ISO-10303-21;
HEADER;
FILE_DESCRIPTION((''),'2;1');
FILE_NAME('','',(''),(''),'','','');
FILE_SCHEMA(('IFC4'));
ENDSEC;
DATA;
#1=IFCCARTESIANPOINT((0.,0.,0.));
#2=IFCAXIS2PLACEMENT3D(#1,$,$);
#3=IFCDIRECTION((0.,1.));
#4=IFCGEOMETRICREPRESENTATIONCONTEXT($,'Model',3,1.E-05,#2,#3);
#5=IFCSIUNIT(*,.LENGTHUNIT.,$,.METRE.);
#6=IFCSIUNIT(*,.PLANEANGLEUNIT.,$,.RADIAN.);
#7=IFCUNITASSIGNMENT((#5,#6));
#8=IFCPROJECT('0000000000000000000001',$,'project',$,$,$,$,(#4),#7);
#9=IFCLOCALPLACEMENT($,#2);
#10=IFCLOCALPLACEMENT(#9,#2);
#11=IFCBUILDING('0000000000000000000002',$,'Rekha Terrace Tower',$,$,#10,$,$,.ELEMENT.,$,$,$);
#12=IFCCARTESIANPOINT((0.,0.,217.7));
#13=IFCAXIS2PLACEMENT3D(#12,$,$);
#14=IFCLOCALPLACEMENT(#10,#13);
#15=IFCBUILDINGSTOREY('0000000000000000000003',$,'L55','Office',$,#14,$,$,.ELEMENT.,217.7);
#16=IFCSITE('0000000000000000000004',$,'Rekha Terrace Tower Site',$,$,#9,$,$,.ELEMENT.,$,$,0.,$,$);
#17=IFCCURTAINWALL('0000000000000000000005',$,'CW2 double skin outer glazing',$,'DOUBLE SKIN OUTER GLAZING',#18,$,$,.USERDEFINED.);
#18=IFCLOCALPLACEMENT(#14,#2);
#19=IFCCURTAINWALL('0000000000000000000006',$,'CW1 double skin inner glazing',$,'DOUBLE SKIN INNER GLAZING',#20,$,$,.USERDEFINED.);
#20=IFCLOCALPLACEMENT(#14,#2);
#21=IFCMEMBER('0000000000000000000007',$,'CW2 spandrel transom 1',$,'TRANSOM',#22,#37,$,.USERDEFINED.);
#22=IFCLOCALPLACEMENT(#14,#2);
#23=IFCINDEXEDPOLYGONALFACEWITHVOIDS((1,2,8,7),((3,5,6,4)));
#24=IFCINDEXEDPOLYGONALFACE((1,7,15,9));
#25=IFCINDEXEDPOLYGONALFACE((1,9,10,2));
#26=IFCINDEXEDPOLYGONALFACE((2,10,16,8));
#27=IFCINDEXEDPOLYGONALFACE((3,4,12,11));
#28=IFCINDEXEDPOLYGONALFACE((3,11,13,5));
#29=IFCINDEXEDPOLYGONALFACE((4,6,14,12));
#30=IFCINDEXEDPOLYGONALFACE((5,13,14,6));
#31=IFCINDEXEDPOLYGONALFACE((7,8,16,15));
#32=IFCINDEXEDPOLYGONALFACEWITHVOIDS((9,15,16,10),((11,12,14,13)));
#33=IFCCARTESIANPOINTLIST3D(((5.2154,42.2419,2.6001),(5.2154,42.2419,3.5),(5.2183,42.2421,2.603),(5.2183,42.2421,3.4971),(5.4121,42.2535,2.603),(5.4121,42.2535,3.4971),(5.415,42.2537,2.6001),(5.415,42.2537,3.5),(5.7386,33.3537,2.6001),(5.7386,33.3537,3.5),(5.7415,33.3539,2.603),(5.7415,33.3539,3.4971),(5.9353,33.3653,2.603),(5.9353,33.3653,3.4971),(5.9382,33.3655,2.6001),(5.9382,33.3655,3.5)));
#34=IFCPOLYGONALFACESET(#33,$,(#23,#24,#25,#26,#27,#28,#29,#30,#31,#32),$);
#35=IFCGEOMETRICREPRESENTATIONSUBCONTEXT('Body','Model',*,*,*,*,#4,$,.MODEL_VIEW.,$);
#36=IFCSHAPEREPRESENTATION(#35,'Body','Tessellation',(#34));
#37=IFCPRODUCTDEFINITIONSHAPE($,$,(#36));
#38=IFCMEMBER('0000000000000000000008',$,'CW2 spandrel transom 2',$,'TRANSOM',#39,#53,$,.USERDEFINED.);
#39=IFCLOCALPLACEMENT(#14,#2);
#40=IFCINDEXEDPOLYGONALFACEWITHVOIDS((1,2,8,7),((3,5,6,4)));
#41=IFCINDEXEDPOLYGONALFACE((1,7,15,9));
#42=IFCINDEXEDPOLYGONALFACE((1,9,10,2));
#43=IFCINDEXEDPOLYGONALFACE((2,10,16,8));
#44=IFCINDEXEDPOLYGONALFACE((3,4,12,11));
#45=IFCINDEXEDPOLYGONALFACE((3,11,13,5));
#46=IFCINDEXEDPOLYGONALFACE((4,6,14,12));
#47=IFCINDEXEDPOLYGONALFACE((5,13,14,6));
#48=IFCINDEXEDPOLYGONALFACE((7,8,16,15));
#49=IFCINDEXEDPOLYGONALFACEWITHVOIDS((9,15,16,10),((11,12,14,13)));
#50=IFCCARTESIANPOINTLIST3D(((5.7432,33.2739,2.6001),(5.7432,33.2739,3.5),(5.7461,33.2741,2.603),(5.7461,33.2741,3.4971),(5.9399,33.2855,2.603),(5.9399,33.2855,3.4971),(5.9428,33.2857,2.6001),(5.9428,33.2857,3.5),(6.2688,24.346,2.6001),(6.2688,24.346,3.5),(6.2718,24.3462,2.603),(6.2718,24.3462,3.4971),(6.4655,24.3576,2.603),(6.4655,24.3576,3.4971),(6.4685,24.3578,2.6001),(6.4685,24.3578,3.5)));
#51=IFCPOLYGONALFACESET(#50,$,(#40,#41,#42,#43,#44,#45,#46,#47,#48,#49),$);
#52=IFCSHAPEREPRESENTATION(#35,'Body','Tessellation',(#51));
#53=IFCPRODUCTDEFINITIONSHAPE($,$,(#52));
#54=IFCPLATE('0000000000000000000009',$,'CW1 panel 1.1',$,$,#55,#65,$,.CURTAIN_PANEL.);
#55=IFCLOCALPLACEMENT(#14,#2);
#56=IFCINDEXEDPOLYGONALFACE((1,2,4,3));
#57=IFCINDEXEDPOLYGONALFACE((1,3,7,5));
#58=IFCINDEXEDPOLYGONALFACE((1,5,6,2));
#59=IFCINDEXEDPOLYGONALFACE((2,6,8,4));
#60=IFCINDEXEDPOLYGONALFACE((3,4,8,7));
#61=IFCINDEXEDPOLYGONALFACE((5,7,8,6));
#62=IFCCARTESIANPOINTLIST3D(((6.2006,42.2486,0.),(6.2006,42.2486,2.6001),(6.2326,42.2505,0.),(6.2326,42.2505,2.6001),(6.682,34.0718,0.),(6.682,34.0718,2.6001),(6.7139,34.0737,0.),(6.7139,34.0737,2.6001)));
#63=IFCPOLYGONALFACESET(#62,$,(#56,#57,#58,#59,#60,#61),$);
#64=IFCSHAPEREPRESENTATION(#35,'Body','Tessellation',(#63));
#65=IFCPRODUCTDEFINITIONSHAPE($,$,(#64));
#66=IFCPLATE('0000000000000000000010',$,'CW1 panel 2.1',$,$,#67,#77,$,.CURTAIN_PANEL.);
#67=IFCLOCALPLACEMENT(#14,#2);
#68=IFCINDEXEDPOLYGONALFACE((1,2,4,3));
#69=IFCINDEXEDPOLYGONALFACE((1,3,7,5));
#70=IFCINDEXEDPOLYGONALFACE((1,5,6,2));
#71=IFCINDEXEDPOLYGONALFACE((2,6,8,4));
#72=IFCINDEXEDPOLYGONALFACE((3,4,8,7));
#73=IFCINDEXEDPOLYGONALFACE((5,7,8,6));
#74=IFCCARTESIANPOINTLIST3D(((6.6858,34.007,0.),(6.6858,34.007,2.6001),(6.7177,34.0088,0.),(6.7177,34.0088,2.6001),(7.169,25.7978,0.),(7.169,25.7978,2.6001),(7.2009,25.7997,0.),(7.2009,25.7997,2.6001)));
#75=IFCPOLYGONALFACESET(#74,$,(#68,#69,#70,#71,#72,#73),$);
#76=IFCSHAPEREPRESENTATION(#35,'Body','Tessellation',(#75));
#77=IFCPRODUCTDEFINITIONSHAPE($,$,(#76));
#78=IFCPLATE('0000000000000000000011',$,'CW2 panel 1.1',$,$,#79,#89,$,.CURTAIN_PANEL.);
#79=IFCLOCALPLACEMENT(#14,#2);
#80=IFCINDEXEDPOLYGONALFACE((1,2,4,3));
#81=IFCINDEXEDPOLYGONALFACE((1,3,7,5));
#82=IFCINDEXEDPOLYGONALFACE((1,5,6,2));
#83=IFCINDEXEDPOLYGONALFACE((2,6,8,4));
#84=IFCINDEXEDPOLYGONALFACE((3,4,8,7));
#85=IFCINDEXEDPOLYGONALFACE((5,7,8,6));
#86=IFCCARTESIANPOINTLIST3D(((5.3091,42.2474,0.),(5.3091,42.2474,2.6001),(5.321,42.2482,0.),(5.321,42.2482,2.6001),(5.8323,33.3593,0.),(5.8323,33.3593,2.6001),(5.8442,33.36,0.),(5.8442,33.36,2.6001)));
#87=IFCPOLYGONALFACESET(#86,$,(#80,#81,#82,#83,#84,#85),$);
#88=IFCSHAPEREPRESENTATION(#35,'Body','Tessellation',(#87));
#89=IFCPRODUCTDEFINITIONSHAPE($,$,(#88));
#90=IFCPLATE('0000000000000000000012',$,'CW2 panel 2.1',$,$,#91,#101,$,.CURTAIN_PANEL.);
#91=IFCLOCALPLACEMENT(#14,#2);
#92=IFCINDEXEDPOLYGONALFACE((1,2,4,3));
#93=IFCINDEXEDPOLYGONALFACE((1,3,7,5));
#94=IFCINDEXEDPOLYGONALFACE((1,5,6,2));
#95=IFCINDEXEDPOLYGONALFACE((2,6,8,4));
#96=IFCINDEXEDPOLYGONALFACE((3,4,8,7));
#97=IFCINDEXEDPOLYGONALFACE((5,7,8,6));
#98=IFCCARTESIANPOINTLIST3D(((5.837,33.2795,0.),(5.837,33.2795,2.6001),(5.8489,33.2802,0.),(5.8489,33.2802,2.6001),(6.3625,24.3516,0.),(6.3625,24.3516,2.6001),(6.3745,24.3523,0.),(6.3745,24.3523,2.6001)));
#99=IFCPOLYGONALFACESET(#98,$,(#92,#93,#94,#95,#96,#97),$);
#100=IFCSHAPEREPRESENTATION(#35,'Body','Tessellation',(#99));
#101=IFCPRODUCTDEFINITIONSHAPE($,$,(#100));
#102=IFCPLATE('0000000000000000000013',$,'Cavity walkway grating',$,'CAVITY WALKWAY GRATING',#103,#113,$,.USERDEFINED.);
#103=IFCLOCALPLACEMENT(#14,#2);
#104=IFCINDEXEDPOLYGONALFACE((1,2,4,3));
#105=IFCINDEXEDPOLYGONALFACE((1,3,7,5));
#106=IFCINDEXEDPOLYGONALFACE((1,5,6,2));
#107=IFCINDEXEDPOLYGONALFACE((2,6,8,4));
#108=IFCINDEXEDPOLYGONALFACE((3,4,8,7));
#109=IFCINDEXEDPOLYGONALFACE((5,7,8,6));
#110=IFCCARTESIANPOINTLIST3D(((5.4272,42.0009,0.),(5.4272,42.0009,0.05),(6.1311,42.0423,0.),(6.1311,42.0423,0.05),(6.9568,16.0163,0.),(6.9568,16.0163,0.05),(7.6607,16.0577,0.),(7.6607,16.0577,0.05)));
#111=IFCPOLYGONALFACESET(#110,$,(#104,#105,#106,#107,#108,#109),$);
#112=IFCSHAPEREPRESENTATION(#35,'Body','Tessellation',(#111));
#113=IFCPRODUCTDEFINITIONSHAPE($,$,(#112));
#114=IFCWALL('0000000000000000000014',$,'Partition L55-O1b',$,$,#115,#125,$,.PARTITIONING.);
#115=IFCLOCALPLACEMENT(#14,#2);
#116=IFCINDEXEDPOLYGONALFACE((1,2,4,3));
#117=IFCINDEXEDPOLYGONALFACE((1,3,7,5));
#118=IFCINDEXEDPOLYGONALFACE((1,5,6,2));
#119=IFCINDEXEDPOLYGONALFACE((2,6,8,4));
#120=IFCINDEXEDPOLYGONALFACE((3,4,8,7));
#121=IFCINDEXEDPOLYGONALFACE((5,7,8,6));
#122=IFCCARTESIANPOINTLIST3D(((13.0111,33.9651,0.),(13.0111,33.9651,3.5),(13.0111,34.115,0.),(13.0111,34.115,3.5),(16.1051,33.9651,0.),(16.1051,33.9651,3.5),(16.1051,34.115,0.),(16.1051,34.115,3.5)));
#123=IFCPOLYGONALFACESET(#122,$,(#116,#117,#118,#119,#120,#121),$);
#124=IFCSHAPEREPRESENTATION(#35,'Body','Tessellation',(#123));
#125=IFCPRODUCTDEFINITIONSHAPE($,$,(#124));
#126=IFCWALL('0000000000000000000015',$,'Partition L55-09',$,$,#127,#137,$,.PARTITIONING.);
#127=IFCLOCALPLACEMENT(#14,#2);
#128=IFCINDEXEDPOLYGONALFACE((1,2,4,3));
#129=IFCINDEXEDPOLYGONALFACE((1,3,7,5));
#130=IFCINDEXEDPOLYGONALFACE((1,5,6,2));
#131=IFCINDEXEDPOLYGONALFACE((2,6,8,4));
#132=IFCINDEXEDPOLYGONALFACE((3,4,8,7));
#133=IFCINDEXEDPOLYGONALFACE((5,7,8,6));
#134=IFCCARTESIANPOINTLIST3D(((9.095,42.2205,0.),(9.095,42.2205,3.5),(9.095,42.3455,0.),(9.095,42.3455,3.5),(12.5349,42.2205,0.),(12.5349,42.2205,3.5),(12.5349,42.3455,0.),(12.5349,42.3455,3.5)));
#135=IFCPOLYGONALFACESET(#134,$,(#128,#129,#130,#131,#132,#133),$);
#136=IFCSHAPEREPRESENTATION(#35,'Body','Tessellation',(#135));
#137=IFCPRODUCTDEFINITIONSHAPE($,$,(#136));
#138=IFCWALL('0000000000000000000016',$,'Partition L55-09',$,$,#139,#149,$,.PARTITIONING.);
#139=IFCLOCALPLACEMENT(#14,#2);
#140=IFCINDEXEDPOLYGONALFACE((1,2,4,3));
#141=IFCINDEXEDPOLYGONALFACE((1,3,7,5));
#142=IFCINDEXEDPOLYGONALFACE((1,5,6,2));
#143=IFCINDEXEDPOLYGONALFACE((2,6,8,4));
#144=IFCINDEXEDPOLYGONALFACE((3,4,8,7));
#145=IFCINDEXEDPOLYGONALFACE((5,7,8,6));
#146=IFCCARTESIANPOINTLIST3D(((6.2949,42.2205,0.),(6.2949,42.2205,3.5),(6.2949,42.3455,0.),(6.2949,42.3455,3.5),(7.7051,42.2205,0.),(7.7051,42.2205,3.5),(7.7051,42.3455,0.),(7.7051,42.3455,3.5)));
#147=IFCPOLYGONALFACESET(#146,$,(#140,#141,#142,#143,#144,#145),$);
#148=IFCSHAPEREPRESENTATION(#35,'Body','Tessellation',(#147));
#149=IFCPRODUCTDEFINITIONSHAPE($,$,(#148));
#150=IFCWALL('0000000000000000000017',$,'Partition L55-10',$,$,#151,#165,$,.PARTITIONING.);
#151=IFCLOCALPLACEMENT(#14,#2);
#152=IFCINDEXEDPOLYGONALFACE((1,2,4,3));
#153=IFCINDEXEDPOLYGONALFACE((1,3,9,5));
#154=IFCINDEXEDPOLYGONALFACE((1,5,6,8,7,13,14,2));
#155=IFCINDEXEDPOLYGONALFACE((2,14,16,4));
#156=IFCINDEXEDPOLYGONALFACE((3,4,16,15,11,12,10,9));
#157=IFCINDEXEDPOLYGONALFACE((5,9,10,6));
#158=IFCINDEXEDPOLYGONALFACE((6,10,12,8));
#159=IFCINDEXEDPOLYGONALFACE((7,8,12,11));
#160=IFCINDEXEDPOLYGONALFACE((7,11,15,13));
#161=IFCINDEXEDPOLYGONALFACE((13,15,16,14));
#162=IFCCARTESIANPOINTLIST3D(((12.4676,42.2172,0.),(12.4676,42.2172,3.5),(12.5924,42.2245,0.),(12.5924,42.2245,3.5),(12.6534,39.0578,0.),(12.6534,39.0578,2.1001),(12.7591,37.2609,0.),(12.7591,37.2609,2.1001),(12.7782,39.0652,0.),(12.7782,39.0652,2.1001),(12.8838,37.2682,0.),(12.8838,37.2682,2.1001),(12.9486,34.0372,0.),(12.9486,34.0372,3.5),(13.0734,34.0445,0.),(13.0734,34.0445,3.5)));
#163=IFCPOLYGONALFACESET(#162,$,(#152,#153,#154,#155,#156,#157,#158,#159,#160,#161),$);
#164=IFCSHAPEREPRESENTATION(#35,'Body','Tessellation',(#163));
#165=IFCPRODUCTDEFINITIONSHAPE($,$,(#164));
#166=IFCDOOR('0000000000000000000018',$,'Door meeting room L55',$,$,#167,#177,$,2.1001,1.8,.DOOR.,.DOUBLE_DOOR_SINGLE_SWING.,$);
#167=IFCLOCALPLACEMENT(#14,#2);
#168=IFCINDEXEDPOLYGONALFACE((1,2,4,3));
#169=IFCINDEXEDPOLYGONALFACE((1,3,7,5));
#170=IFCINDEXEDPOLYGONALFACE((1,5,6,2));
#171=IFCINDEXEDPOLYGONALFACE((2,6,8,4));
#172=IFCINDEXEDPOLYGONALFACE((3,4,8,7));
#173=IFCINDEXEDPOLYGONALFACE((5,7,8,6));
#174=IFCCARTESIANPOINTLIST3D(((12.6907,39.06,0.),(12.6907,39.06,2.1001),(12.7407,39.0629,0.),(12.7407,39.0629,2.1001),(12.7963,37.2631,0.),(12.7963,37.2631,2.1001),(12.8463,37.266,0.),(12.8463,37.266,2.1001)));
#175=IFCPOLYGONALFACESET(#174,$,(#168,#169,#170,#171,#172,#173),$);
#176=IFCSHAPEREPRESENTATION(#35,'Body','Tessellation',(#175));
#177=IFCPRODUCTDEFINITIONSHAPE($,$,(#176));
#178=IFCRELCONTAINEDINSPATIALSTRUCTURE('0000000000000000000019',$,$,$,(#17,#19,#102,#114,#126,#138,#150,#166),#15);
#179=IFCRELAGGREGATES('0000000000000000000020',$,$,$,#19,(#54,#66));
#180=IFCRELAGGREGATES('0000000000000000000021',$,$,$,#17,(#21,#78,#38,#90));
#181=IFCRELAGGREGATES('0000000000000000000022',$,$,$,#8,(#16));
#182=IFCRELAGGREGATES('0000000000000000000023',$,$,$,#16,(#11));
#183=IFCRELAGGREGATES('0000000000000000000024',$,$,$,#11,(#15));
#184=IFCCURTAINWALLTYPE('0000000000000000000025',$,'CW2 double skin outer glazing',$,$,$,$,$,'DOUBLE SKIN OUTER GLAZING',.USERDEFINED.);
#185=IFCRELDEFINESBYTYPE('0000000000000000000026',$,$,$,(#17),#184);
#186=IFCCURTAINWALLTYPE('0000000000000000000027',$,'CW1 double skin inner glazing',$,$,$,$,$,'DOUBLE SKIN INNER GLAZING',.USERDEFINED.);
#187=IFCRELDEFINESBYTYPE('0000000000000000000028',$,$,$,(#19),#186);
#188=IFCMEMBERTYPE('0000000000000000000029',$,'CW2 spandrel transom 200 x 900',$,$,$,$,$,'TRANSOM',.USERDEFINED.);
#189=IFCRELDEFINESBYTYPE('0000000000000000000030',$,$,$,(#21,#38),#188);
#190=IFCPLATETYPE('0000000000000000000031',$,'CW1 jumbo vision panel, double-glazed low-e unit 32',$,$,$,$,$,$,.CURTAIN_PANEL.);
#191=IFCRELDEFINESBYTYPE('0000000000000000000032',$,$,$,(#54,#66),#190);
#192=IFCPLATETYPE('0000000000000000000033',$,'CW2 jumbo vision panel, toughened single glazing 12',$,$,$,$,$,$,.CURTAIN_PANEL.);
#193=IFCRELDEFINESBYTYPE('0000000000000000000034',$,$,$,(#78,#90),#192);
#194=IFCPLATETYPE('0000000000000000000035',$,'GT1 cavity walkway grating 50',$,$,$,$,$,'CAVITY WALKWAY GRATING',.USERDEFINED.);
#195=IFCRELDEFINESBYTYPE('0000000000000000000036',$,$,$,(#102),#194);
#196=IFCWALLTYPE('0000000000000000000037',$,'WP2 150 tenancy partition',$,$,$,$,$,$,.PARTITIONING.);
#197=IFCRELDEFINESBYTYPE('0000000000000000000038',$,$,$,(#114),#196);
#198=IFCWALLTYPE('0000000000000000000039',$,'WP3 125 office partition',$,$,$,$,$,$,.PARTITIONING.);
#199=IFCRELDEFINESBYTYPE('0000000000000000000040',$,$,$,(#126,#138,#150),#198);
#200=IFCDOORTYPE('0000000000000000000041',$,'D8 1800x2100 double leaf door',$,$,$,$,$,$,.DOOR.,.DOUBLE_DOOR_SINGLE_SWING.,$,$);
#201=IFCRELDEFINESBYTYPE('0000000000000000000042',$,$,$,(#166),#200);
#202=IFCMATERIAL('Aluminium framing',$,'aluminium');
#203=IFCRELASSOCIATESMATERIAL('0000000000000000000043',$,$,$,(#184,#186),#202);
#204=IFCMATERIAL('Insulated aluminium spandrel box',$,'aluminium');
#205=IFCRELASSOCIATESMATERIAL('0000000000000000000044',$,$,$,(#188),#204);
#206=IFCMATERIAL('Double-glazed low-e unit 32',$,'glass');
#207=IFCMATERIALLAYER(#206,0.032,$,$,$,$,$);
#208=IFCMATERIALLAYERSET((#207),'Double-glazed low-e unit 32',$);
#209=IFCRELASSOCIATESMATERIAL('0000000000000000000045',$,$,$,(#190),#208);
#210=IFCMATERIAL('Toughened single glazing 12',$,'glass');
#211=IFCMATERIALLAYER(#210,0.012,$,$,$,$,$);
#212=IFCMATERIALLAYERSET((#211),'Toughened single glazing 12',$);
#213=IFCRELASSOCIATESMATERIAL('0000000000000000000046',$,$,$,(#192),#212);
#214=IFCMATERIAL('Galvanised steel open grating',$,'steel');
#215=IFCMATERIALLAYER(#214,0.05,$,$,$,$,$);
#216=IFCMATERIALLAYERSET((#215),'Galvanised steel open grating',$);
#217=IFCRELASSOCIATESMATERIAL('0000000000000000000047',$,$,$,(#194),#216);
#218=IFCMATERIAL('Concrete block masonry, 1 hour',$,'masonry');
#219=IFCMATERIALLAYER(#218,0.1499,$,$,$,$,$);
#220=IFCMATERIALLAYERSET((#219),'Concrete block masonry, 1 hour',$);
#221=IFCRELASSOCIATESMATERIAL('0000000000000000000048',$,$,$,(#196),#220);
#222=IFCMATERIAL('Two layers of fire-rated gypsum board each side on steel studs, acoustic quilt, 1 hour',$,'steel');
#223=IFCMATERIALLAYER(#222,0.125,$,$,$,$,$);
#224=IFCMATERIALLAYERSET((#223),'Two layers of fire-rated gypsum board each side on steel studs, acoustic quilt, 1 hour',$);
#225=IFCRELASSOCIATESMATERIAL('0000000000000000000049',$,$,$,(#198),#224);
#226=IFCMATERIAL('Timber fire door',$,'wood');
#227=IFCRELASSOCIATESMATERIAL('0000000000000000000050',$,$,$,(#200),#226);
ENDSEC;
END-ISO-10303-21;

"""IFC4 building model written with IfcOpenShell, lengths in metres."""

from ifc_helpers import new_model, si_unit, direction, frame, frame_2d, origin, origin_2d, place, context, subcontext, project, spatial, rectangle, hollow_rectangle, extrude, material, layer, layer_set, material_profile, profile_set, type_object, element, fill, aggregate, save


model = new_model("IFC4")

# Units and contexts
model_context = context("Model", 3, precision=1e-05, world=origin(), true_north=direction((0.0, 1.0)))
body_context = subcontext(model_context, "Body", "Model", "MODEL_VIEW")
ifc_project = project(units=[si_unit("LENGTHUNIT", "METRE"), si_unit("PLANEANGLEUNIT", "RADIAN")], contexts=[model_context])

# Site, building, storey
site_placement = place(None, origin())
site = spatial("IfcSite", under=ifc_project, at=site_placement, Name="Rekha Terrace Tower Site", CompositionType="ELEMENT", RefElevation=0.0)
building_placement = place(site_placement, origin())
building = spatial("IfcBuilding", under=site, at=building_placement, Name="Rekha Terrace Tower", CompositionType="ELEMENT")
storey_placement = place(building_placement, frame((0.0, 0.0, 217.7)))
storey = spatial("IfcBuildingStorey", under=building, at=storey_placement, Name="L55", Description="Office", CompositionType="ELEMENT", Elevation=217.7)

# Curtain wall
ifc_material_1 = material(Name="Aluminium framing", Category="aluminium")
curtain_wall_type_1 = type_object("IfcCurtainWallType", Name="CW2 double skin outer glazing", ElementType="DOUBLE SKIN OUTER GLAZING", PredefinedType="USERDEFINED", material=ifc_material_1)
curtain_wall_1_placement = place(storey_placement, origin())
curtain_wall_1 = element("IfcCurtainWall", 1, at=curtain_wall_1_placement, inside=storey, type_object=curtain_wall_type_1, Name="CW2 double skin outer glazing", ObjectType="DOUBLE SKIN OUTER GLAZING", PredefinedType="USERDEFINED")

# Curtain wall
curtain_wall_type_2 = type_object("IfcCurtainWallType", Name="CW1 double skin inner glazing", ElementType="DOUBLE SKIN INNER GLAZING", PredefinedType="USERDEFINED", material=ifc_material_1)
curtain_wall_2_placement = place(storey_placement, origin())
curtain_wall_2 = element("IfcCurtainWall", 2, at=curtain_wall_2_placement, inside=storey, type_object=curtain_wall_type_2, Name="CW1 double skin inner glazing", ObjectType="DOUBLE SKIN INNER GLAZING", PredefinedType="USERDEFINED")
ifc_material_2 = material(Name="Insulated aluminium spandrel box", Category="aluminium")

# Members
ifc_material_profile_1 = material_profile(ifc_material_2, hollow_rectangle(XDim=0.2, YDim=0.8999, WallThickness=0.0029, at=origin_2d()), Name="AL SPANDREL BOX 200x900")
ifc_profile_set_1 = profile_set([ifc_material_profile_1], Name="Insulated aluminium spandrel box")
member_type_1 = type_object("IfcMemberType", Name="CW2 spandrel transom 200 x 900", ElementType="TRANSOM", PredefinedType="USERDEFINED", material=ifc_profile_set_1)
member_1_placement = place(storey_placement, frame((5.3152, 42.2478, 3.05), z_axis=(0.058762, -0.998272, 0.0), x_axis=(0.998272, 0.058762, 0.0)))
member_1 = element("IfcMember", 3, at=member_1_placement, type_object=member_type_1, Name="CW2 spandrel transom 1", ObjectType="TRANSOM", PredefinedType="USERDEFINED", context=body_context, shape_type="SweptSolid", body=[
    extrude(hollow_rectangle(XDim=0.2, YDim=0.8999, WallThickness=0.0029, at=origin_2d()), origin(), (0.0, 0.0, 1.0), 8.9036),
])
member_2_placement = place(storey_placement, frame((5.843, 33.2798, 3.05), z_axis=(0.058773, -0.998271, 0.0), x_axis=(0.998271, 0.058773, 0.0)))
member_2 = element("IfcMember", 4, at=member_2_placement, type_object=member_type_1, Name="CW2 spandrel transom 2", ObjectType="TRANSOM", PredefinedType="USERDEFINED", context=body_context, shape_type="SweptSolid", body=[
    extrude(hollow_rectangle(XDim=0.2, YDim=0.8999, WallThickness=0.0029, at=origin_2d()), origin(), (0.0, 0.0, 1.0), 8.9434),
])

# Plates
ifc_material_3 = material(Name="Double-glazed low-e unit 32", Category="glass")
ifc_layer_1 = layer(ifc_material_3, 0.032)
ifc_layer_set_1 = layer_set([ifc_layer_1], Name="Double-glazed low-e unit 32")
plate_type_1 = type_object("IfcPlateType", Name="CW1 jumbo vision panel, double-glazed low-e unit 32", PredefinedType="CURTAIN_PANEL", material=ifc_layer_set_1)
plate_1_placement = place(storey_placement, frame((6.4573, 38.1611, 0.0), z_axis=(0.0, 0.0, 1.0), x_axis=(0.058765, -0.998272, 0.0)))
plate_1 = element("IfcPlate", 5, at=plate_1_placement, type_object=plate_type_1, Name="CW1 panel 1.1", PredefinedType="CURTAIN_PANEL", context=body_context, shape_type="SweptSolid", body=[
    extrude(rectangle(XDim=8.1909, YDim=0.032, at=origin_2d()), origin(), (0.0, 0.0, 1.0), 2.6001),
])
plate_2_placement = place(storey_placement, frame((6.9434, 29.9033, 0.0), z_axis=(0.0, 0.0, 1.0), x_axis=(0.058765, -0.998272, 0.0)))
plate_2 = element("IfcPlate", 6, at=plate_2_placement, type_object=plate_type_1, Name="CW1 panel 2.1", PredefinedType="CURTAIN_PANEL", context=body_context, shape_type="SweptSolid", body=[
    extrude(rectangle(XDim=8.2234, YDim=0.032, at=origin_2d()), origin(), (0.0, 0.0, 1.0), 2.6001),
])
aggregate(curtain_wall_2, [plate_1, plate_2])
ifc_material_4 = material(Name="Toughened single glazing 12", Category="glass")
ifc_layer_2 = layer(ifc_material_4, 0.012)
ifc_layer_set_2 = layer_set([ifc_layer_2], Name="Toughened single glazing 12")
plate_type_2 = type_object("IfcPlateType", Name="CW2 jumbo vision panel, toughened single glazing 12", PredefinedType="CURTAIN_PANEL", material=ifc_layer_set_2)
plate_3_placement = place(storey_placement, frame((5.5767, 37.8037, 0.0), z_axis=(0.0, 0.0, 1.0), x_axis=(0.058765, -0.998272, 0.0)))
plate_3 = element("IfcPlate", 7, at=plate_3_placement, type_object=plate_type_2, Name="CW2 panel 1.1", PredefinedType="CURTAIN_PANEL", context=body_context, shape_type="SweptSolid", body=[
    extrude(rectangle(XDim=8.9036, YDim=0.012, at=origin_2d()), origin(), (0.0, 0.0, 1.0), 2.6001),
])
plate_4_placement = place(storey_placement, frame((6.1057, 28.8159, 0.0), z_axis=(0.0, 0.0, 1.0), x_axis=(0.058765, -0.998272, 0.0)))
plate_4 = element("IfcPlate", 8, at=plate_4_placement, type_object=plate_type_2, Name="CW2 panel 2.1", PredefinedType="CURTAIN_PANEL", context=body_context, shape_type="SweptSolid", body=[
    extrude(rectangle(XDim=8.9434, YDim=0.012, at=origin_2d()), origin(), (0.0, 0.0, 1.0), 2.6001),
])
aggregate(curtain_wall_1, [member_1, plate_3, member_2, plate_4])
ifc_material_5 = material(Name="Galvanised steel open grating", Category="steel")
ifc_layer_3 = layer(ifc_material_5, 0.05)
ifc_layer_set_3 = layer_set([ifc_layer_3], Name="Galvanised steel open grating")
plate_type_3 = type_object("IfcPlateType", Name="GT1 cavity walkway grating 50", ElementType="CAVITY WALKWAY GRATING", PredefinedType="USERDEFINED", material=ifc_layer_set_3)
plate_5_placement = place(storey_placement, frame((6.5439, 29.0293, 0.0), z_axis=(0.0, 0.0, 1.0), x_axis=(0.058765, -0.998272, 0.0)))
element("IfcPlate", 9, at=plate_5_placement, inside=storey, type_object=plate_type_3, Name="Cavity walkway grating", ObjectType="CAVITY WALKWAY GRATING", PredefinedType="USERDEFINED", context=body_context, shape_type="SweptSolid", body=[
    extrude(rectangle(XDim=26.0295, YDim=0.7051, at=origin_2d()), origin(), (0.0, 0.0, 1.0), 0.05),
])

# Walls
ifc_material_6 = material(Name="Concrete block masonry, 1 hour", Category="masonry")
ifc_layer_4 = layer(ifc_material_6, 0.1499)
ifc_layer_set_4 = layer_set([ifc_layer_4], Name="Concrete block masonry, 1 hour")
wall_type_1 = type_object("IfcWallType", Name="WP2 150 tenancy partition", PredefinedType="PARTITIONING", material=ifc_layer_set_4)
wall_1_placement = place(storey_placement, frame((16.105, 34.04, 0.0), z_axis=(0.0, 0.0, 1.0), x_axis=(-1.0, 0.0, 0.0)))
element("IfcWall", 10, at=wall_1_placement, inside=storey, type_object=wall_type_1, Name="Partition L55-O1b", PredefinedType="PARTITIONING", context=body_context, shape_type="SweptSolid", body=[
    extrude(rectangle(XDim=3.094, YDim=0.1499, at=frame_2d((1.5469, 0.0))), origin(), (0.0, 0.0, 1.0), 3.5),
])
ifc_material_7 = material(Name="Two layers of fire-rated gypsum board each side on steel studs, acoustic quilt, 1 hour", Category="steel")
ifc_layer_5 = layer(ifc_material_7, 0.125)
ifc_layer_set_5 = layer_set([ifc_layer_5], Name="Two layers of fire-rated gypsum board each side on steel studs, acoustic quilt, 1 hour")
wall_type_2 = type_object("IfcWallType", Name="WP3 125 office partition", PredefinedType="PARTITIONING", material=ifc_layer_set_5)
wall_2_placement = place(storey_placement, frame((12.5349, 42.283, 0.0), z_axis=(0.0, 0.0, 1.0), x_axis=(-1.0, 0.0, 0.0)))
element("IfcWall", 11, at=wall_2_placement, inside=storey, type_object=wall_type_2, Name="Partition L55-09", PredefinedType="PARTITIONING", context=body_context, shape_type="SweptSolid", body=[
    extrude(rectangle(XDim=3.4399, YDim=0.125, at=frame_2d((1.72, 0.0))), origin(), (0.0, 0.0, 1.0), 3.5),
])
wall_3_placement = place(storey_placement, frame((7.7051, 42.283, 0.0), z_axis=(0.0, 0.0, 1.0), x_axis=(-1.0, 0.0, 0.0)))
element("IfcWall", 12, at=wall_3_placement, inside=storey, type_object=wall_type_2, Name="Partition L55-09", PredefinedType="PARTITIONING", context=body_context, shape_type="SweptSolid", body=[
    extrude(rectangle(XDim=1.4102, YDim=0.125, at=frame_2d((0.7051, 0.0))), origin(), (0.0, 0.0, 1.0), 3.5),
])

# Wall, opening, door
wall_4_placement = place(storey_placement, frame((12.53, 42.2209, 0.0), z_axis=(0.0, 0.0, 1.0), x_axis=(0.058696, -0.998276, 0.0)))
wall_4 = element("IfcWall", 13, at=wall_4_placement, inside=storey, type_object=wall_type_2, Name="Partition L55-10", PredefinedType="PARTITIONING", context=body_context, shape_type="SweptSolid", body=[
    extrude(rectangle(XDim=8.1941, YDim=0.125, at=frame_2d((4.0972, 0.0))), origin(), (0.0, 0.0, 1.0), 3.5),
])
opening_1_placement = place(wall_4_placement, frame((3.165, 0.0, 0.0)))
opening_1 = element("IfcOpeningElement", 14, at=opening_1_placement, cuts=wall_4, PredefinedType="OPENING", context=body_context, shape_type="SweptSolid", body=[
    extrude(rectangle(XDim=1.8, YDim=2.1001, at=frame_2d((0.8999, 1.05))), frame((0.0, 0.0725, 0.0), z_axis=(0.0, -1.0, 0.0), x_axis=(1.0, 0.0, 0.0)), (0.0, 0.0, 1.0), 0.145),
])
ifc_material_8 = material(Name="Timber fire door", Category="wood")
door_type = type_object("IfcDoorType", Name="D8 1800x2100 double leaf door", OperationType="DOUBLE_DOOR_SINGLE_SWING", PredefinedType="DOOR", material=ifc_material_8)
door_1_placement = place(opening_1_placement, origin())
door_1 = element("IfcDoor", 15, at=door_1_placement, inside=storey, type_object=door_type, Name="Door meeting room L55", OperationType="DOUBLE_DOOR_SINGLE_SWING", OverallHeight=2.1001, OverallWidth=1.8, PredefinedType="DOOR", context=body_context, shape_type="SweptSolid", body=[
    extrude(rectangle(XDim=1.8, YDim=2.1001, at=frame_2d((0.8999, 1.05))), frame((0.0, 0.0249, 0.0), z_axis=(0.0, -1.0, 0.0), x_axis=(1.0, 0.0, 0.0)), (0.0, 0.0, 1.0), 0.05),
])
fill(opening_1, door_1)

save(model, "model.ifc")
